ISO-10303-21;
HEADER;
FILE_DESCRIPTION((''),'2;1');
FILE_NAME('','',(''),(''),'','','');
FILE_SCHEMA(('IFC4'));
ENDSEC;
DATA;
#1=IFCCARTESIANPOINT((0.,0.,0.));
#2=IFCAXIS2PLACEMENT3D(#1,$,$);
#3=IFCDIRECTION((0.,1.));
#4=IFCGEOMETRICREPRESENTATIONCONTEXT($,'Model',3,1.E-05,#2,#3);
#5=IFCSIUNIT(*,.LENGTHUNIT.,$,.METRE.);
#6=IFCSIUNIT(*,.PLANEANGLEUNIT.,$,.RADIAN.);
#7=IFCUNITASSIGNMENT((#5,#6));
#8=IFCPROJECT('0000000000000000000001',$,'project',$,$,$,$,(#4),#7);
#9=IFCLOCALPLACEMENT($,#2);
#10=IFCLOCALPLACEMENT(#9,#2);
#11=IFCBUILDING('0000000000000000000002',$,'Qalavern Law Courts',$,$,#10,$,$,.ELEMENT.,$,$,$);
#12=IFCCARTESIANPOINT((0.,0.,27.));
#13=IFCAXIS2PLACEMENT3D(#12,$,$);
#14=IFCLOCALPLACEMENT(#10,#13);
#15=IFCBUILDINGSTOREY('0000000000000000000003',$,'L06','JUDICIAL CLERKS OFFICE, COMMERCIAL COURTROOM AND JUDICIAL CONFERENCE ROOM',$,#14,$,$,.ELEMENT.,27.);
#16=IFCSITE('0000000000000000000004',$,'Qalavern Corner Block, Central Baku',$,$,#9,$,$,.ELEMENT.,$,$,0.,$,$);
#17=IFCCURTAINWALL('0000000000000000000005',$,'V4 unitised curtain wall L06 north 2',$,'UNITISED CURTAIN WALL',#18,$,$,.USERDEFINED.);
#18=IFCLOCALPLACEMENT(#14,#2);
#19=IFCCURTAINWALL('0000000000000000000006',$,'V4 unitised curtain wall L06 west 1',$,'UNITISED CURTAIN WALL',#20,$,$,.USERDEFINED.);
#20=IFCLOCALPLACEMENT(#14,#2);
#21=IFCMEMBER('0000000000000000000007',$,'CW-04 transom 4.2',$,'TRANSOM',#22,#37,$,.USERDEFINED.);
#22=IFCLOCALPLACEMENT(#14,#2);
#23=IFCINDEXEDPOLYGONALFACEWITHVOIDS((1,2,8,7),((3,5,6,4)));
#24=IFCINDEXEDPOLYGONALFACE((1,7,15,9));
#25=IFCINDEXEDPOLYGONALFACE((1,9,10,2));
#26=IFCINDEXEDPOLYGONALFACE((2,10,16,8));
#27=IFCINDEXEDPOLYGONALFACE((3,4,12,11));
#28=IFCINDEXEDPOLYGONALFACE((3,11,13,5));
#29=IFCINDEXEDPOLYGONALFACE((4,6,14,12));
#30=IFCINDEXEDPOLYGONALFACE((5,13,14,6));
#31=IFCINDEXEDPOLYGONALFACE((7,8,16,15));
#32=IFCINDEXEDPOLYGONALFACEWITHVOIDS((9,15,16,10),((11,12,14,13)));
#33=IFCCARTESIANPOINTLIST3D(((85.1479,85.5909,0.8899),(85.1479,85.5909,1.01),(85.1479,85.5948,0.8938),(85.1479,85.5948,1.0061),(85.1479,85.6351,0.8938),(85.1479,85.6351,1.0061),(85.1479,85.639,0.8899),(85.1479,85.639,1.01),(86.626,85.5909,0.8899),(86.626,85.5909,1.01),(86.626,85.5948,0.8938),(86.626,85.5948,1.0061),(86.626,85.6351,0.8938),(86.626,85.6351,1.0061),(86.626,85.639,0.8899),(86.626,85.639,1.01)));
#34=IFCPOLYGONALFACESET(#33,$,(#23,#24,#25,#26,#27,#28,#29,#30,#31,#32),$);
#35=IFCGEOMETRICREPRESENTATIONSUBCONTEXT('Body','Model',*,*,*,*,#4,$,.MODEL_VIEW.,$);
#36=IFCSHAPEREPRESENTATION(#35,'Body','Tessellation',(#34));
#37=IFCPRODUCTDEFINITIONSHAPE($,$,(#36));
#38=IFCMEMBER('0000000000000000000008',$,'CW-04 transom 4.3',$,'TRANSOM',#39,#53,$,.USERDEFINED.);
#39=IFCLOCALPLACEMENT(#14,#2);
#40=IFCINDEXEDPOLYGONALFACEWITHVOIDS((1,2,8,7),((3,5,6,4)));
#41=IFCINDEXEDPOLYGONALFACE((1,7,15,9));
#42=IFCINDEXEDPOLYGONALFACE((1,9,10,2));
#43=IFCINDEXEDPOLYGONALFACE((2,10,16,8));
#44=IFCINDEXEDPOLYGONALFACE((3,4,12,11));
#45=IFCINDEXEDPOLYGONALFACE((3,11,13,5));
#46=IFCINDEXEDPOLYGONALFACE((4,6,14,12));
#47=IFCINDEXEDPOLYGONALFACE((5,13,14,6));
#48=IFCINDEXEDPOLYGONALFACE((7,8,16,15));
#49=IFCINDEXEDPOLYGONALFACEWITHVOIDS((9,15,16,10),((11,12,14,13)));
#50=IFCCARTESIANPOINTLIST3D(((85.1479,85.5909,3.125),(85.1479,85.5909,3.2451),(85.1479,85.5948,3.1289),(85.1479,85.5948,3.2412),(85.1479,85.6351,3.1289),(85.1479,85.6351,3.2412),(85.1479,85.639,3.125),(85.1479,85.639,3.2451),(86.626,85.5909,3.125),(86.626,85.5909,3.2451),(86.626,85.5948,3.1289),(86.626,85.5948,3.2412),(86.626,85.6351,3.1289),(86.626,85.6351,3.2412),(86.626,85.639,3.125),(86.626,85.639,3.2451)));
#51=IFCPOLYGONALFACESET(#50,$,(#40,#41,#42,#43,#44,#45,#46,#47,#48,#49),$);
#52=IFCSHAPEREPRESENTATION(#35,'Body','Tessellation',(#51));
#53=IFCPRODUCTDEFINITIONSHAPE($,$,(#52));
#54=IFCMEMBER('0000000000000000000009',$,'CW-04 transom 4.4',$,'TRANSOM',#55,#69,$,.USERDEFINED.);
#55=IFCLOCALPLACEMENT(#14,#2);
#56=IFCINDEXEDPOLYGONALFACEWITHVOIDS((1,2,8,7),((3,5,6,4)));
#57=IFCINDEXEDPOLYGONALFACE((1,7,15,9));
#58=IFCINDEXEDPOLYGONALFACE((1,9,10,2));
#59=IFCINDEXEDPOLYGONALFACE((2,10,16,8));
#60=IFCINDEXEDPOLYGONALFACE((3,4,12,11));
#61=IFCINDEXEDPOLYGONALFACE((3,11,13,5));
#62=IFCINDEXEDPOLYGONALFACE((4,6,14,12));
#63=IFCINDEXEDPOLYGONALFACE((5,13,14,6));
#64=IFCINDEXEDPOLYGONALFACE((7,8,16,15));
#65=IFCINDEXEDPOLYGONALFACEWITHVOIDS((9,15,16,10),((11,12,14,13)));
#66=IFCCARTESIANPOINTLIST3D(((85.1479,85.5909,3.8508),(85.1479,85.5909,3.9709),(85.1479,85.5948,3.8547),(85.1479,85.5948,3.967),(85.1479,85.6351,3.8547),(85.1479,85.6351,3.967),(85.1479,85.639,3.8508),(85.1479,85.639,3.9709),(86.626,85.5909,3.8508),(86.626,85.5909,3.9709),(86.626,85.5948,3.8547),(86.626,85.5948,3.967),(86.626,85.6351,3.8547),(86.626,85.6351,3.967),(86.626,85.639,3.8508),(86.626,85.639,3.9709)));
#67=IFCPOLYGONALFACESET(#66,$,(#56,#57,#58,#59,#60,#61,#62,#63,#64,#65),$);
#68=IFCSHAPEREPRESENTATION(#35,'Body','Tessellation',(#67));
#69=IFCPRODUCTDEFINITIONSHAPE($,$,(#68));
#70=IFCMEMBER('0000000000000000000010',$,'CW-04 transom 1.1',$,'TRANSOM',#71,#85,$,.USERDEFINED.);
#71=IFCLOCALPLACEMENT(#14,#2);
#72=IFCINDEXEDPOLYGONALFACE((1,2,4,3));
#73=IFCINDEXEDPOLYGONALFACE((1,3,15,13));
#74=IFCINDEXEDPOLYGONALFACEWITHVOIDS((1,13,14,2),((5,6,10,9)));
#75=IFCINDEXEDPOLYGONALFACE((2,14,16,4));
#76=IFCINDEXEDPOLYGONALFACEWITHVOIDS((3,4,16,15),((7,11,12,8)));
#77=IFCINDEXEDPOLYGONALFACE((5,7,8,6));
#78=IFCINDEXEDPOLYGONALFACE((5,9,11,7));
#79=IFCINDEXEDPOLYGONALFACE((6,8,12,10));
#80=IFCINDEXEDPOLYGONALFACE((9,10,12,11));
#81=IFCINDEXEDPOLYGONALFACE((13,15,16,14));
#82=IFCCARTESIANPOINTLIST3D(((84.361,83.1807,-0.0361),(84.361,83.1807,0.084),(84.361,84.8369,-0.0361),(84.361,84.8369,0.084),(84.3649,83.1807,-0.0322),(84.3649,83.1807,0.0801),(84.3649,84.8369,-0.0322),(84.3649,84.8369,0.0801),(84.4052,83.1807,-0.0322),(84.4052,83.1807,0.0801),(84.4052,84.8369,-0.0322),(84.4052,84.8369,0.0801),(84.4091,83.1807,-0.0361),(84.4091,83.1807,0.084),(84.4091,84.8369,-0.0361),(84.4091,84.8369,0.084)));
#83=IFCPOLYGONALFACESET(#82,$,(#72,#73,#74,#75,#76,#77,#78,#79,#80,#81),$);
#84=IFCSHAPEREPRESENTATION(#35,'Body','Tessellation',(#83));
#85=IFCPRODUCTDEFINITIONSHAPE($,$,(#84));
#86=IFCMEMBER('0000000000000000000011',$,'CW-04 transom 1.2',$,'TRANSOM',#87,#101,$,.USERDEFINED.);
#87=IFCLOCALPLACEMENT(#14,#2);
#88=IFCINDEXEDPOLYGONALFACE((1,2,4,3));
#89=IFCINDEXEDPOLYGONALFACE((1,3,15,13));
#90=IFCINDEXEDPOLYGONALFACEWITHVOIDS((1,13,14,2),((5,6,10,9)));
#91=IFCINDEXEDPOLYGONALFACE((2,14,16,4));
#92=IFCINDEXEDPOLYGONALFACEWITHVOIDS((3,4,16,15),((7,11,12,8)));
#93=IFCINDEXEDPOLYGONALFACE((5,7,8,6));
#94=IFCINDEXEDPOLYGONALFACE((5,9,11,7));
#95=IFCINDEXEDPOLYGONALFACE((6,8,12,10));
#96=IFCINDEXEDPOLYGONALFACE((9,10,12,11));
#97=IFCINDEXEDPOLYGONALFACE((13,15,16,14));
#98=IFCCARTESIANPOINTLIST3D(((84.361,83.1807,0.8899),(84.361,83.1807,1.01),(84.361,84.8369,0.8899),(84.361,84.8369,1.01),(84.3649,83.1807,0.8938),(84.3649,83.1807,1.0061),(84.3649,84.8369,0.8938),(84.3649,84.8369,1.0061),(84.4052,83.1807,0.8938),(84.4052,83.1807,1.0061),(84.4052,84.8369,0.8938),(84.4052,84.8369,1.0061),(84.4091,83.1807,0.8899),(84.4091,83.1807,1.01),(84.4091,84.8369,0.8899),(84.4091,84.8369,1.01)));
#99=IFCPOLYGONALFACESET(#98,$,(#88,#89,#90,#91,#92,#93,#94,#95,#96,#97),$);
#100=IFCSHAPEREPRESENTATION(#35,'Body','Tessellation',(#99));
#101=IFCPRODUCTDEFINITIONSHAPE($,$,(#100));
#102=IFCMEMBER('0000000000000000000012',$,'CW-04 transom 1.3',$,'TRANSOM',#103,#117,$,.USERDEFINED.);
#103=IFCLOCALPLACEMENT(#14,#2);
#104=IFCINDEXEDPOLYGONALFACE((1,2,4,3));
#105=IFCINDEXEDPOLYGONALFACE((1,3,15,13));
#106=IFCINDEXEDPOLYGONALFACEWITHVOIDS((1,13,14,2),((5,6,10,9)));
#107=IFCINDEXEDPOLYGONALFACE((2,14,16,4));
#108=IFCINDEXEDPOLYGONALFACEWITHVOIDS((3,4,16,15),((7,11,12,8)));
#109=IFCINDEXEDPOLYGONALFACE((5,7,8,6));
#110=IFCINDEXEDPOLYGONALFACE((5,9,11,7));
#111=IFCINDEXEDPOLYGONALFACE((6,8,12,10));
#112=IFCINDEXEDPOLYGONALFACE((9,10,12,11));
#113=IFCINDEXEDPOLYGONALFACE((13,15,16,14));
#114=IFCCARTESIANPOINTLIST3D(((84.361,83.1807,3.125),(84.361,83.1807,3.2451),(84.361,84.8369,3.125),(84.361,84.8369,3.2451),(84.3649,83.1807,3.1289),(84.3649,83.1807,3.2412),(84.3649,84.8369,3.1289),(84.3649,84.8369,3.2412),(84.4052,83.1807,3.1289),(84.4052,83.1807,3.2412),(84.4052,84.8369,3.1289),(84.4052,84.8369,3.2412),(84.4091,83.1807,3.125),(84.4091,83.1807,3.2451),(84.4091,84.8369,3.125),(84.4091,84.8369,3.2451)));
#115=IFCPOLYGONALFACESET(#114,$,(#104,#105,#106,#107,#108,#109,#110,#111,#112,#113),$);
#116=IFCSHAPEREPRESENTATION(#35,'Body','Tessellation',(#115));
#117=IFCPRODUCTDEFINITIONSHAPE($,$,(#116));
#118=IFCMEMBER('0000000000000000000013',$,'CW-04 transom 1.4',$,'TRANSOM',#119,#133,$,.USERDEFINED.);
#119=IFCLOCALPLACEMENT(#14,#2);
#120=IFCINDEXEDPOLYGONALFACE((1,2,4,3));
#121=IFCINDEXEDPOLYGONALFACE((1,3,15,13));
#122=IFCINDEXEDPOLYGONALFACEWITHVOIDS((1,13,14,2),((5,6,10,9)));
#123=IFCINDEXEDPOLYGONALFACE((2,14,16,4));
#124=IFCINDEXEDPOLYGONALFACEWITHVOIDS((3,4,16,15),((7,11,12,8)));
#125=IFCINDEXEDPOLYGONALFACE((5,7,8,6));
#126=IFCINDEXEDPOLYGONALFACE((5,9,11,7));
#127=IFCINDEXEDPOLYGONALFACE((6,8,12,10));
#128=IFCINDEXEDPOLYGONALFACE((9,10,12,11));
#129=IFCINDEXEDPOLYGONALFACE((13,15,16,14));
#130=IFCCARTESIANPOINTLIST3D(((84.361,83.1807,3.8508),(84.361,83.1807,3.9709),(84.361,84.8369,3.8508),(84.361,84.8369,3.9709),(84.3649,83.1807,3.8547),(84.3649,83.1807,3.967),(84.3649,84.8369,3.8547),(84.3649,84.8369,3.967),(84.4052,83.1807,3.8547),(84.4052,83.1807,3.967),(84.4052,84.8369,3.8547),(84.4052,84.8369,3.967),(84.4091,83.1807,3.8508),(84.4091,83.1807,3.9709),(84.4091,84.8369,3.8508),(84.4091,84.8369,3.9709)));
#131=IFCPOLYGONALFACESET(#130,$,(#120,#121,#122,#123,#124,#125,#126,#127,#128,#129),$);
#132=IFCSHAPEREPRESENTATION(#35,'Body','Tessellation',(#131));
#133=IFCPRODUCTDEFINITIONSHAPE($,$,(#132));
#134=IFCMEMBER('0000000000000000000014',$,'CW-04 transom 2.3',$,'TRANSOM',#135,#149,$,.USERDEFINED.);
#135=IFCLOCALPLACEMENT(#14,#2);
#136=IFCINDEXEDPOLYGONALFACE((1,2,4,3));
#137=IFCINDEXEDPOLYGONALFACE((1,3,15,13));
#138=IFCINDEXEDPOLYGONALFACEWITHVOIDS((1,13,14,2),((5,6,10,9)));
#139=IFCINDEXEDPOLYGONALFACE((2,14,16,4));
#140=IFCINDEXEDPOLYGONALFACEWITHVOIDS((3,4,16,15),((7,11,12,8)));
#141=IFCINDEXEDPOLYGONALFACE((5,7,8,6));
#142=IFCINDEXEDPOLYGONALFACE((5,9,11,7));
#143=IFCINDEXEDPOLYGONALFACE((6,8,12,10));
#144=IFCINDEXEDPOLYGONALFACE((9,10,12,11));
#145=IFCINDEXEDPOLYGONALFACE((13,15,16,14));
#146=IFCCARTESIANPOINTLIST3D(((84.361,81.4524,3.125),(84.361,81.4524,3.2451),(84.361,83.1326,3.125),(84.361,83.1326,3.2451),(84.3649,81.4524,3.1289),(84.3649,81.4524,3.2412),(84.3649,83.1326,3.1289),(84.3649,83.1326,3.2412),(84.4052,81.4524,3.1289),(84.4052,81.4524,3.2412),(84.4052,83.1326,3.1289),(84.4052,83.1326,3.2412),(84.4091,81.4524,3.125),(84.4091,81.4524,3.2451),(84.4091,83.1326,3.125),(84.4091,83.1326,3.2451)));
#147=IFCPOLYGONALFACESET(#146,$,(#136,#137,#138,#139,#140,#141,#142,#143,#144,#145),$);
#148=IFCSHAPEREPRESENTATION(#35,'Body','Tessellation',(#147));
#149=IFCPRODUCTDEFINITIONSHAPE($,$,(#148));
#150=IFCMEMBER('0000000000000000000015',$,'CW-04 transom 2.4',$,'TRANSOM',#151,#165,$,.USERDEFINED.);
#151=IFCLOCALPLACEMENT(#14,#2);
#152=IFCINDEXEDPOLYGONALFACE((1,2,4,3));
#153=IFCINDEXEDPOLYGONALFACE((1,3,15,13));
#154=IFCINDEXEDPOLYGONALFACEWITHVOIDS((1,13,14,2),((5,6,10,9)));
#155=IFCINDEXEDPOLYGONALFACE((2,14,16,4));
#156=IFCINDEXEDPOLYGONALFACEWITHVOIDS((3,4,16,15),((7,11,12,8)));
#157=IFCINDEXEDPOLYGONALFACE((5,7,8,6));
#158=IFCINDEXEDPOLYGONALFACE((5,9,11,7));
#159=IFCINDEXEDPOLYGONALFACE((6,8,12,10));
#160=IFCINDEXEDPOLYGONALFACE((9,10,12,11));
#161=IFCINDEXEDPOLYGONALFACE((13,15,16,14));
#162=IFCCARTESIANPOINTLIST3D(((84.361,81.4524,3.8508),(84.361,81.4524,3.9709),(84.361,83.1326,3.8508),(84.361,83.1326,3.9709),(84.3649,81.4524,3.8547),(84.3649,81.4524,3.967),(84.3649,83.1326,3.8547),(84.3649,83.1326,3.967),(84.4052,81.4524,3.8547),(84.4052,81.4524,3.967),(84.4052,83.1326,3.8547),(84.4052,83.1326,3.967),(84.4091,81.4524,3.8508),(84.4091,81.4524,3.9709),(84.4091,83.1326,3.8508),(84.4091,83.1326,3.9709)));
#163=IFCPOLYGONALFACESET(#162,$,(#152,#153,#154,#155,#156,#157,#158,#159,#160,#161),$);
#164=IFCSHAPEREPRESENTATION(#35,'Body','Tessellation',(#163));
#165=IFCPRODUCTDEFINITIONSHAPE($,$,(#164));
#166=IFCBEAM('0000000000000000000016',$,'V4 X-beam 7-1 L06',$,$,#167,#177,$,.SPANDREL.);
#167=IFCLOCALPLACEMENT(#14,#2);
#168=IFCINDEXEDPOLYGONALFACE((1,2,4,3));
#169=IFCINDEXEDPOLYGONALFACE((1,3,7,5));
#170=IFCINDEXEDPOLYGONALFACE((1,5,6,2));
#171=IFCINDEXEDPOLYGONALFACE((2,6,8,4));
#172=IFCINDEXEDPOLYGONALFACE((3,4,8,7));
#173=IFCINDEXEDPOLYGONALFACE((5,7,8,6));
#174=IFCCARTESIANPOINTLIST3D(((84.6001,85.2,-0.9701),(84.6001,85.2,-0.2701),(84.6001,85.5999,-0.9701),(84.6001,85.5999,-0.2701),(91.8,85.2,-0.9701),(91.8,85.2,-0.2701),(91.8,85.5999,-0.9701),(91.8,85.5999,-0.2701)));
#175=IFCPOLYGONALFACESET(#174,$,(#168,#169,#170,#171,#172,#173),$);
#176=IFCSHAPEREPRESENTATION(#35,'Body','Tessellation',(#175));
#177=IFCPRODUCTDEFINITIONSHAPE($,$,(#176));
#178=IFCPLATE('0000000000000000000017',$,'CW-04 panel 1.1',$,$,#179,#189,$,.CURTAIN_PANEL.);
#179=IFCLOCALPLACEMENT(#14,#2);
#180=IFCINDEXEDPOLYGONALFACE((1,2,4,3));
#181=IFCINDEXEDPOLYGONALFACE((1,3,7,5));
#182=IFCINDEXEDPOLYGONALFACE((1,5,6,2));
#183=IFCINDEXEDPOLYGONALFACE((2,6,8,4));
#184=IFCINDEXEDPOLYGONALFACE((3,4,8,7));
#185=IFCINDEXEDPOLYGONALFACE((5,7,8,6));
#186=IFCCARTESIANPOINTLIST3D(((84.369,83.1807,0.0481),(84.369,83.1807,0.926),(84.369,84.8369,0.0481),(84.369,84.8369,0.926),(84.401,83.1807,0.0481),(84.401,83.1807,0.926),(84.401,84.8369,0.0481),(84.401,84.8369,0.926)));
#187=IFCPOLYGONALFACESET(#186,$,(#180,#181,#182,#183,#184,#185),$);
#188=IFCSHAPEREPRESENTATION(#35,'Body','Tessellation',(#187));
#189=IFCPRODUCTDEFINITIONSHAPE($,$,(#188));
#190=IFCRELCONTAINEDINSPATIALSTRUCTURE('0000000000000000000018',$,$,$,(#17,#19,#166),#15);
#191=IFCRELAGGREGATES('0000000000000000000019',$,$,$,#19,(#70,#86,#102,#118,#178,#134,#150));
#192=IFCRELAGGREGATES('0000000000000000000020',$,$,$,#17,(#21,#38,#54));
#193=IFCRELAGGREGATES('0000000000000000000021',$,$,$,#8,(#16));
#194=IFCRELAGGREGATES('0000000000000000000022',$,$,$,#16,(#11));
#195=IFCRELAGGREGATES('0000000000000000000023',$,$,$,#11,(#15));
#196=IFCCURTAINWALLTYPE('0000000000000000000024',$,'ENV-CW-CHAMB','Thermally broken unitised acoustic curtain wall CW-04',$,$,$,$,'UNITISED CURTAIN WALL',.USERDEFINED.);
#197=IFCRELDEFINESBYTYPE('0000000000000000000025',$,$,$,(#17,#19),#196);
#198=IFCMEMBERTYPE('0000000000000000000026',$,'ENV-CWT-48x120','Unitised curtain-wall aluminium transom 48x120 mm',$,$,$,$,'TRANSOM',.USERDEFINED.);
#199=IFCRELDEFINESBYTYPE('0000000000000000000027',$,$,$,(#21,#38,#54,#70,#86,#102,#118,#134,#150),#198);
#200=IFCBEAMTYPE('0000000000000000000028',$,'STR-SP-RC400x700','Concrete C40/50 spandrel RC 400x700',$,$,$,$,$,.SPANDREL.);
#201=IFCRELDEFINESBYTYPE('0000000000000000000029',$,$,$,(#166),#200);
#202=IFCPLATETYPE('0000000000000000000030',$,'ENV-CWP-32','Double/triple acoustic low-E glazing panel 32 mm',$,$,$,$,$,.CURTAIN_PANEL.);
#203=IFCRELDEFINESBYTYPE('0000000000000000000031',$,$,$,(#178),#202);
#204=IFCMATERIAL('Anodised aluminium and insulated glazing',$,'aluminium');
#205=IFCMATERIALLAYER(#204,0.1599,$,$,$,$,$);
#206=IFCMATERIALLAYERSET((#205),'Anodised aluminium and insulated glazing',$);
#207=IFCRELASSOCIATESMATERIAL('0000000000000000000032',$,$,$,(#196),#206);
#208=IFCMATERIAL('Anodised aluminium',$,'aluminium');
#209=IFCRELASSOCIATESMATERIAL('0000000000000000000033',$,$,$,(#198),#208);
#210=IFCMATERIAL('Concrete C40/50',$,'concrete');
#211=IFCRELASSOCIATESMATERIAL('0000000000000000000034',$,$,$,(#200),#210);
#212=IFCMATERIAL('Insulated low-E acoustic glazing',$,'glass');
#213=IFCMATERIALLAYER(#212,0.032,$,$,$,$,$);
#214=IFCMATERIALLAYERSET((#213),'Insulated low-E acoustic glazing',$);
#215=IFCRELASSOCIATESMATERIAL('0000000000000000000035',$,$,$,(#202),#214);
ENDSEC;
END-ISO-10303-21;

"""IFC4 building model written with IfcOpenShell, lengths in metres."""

from ifc_helpers import new_model, si_unit, direction, frame, origin, origin_2d, place, context, subcontext, project, spatial, rectangle, hollow_rectangle, extrude, material, layer, layer_set, material_profile, profile_set, type_object, element, aggregate, save


model = new_model("IFC4")

# Units and contexts
model_context = context("Model", 3, precision=1e-05, world=origin(), true_north=direction((0.0, 1.0)))
body_context = subcontext(model_context, "Body", "Model", "MODEL_VIEW")
ifc_project = project(units=[si_unit("LENGTHUNIT", "METRE"), si_unit("PLANEANGLEUNIT", "RADIAN")], contexts=[model_context])

# Site, building, storey
site_placement = place(None, origin())
site = spatial("IfcSite", under=ifc_project, at=site_placement, Name="Qalavern Corner Block, Central Baku", CompositionType="ELEMENT", RefElevation=0.0)
building_placement = place(site_placement, origin())
building = spatial("IfcBuilding", under=site, at=building_placement, Name="Qalavern Law Courts", CompositionType="ELEMENT")
storey_placement = place(building_placement, frame((0.0, 0.0, 27.0)))
storey = spatial("IfcBuildingStorey", under=building, at=storey_placement, Name="L06", Description="JUDICIAL CLERKS OFFICE, COMMERCIAL COURTROOM AND JUDICIAL CONFERENCE ROOM", CompositionType="ELEMENT", Elevation=27.0)

# Curtain walls
ifc_material_1 = material(Name="Anodised aluminium and insulated glazing", Category="aluminium")
ifc_layer_1 = layer(ifc_material_1, 0.1599)
ifc_layer_set_1 = layer_set([ifc_layer_1], Name="Anodised aluminium and insulated glazing")
curtain_wall_type = type_object("IfcCurtainWallType", Name="ENV-CW-CHAMB", Description="Thermally broken unitised acoustic curtain wall CW-04", ElementType="UNITISED CURTAIN WALL", PredefinedType="USERDEFINED", material=ifc_layer_set_1)
curtain_wall_1_placement = place(storey_placement, origin())
curtain_wall_1 = element("IfcCurtainWall", 1, at=curtain_wall_1_placement, inside=storey, type_object=curtain_wall_type, Name="V4 unitised curtain wall L06 north 2", ObjectType="UNITISED CURTAIN WALL", PredefinedType="USERDEFINED")
ifc_material_2 = material(Name="Anodised aluminium", Category="aluminium")
curtain_wall_2_placement = place(storey_placement, origin())
curtain_wall_2 = element("IfcCurtainWall", 2, at=curtain_wall_2_placement, inside=storey, type_object=curtain_wall_type, Name="V4 unitised curtain wall L06 west 1", ObjectType="UNITISED CURTAIN WALL", PredefinedType="USERDEFINED")

# Members
ifc_material_profile_1 = material_profile(ifc_material_2, hollow_rectangle(XDim=0.0481, YDim=0.1201, WallThickness=0.0039, at=origin_2d()), Name="ALU TRANSOM 48x120")
ifc_profile_set_1 = profile_set([ifc_material_profile_1], Name="Anodised aluminium")
member_type_1 = type_object("IfcMemberType", Name="ENV-CWT-48x120", Description="Unitised curtain-wall aluminium transom 48x120 mm", ElementType="TRANSOM", PredefinedType="USERDEFINED", material=ifc_profile_set_1)
member_1_placement = place(storey_placement, frame((86.626, 85.615, 0.95), z_axis=(-1.0, 0.0, 0.0), x_axis=(0.0, -1.0, 0.0)))
member_1 = element("IfcMember", 3, at=member_1_placement, type_object=member_type_1, Name="CW-04 transom 4.2", ObjectType="TRANSOM", PredefinedType="USERDEFINED", context=body_context, shape_type="SweptSolid", body=[
    extrude(hollow_rectangle(XDim=0.0481, YDim=0.1201, WallThickness=0.0039, at=origin_2d()), origin(), (0.0, 0.0, 1.0), 1.478),
])
member_2_placement = place(storey_placement, frame((86.626, 85.615, 3.1851), z_axis=(-1.0, 0.0, 0.0), x_axis=(0.0, -1.0, 0.0)))
member_2 = element("IfcMember", 4, at=member_2_placement, type_object=member_type_1, Name="CW-04 transom 4.3", ObjectType="TRANSOM", PredefinedType="USERDEFINED", context=body_context, shape_type="SweptSolid", body=[
    extrude(hollow_rectangle(XDim=0.0481, YDim=0.1201, WallThickness=0.0039, at=origin_2d()), origin(), (0.0, 0.0, 1.0), 1.478),
])
member_3_placement = place(storey_placement, frame((86.626, 85.615, 3.9109), z_axis=(-1.0, 0.0, 0.0), x_axis=(0.0, -1.0, 0.0)))
member_3 = element("IfcMember", 5, at=member_3_placement, type_object=member_type_1, Name="CW-04 transom 4.4", ObjectType="TRANSOM", PredefinedType="USERDEFINED", context=body_context, shape_type="SweptSolid", body=[
    extrude(hollow_rectangle(XDim=0.0481, YDim=0.1201, WallThickness=0.0039, at=origin_2d()), origin(), (0.0, 0.0, 1.0), 1.478),
])
member_4_placement = place(storey_placement, frame((84.385, 84.8369, 0.0239), z_axis=(0.0, -1.0, 0.0), x_axis=(1.0, 0.0, 0.0)))
member_4 = element("IfcMember", 6, at=member_4_placement, type_object=member_type_1, Name="CW-04 transom 1.1", ObjectType="TRANSOM", PredefinedType="USERDEFINED", context=body_context, shape_type="SweptSolid", body=[
    extrude(hollow_rectangle(XDim=0.0481, YDim=0.1201, WallThickness=0.0039, at=origin_2d()), origin(), (0.0, 0.0, 1.0), 1.6562),
])
member_5_placement = place(storey_placement, frame((84.385, 84.8369, 0.95), z_axis=(0.0, -1.0, 0.0), x_axis=(1.0, 0.0, 0.0)))
member_5 = element("IfcMember", 7, at=member_5_placement, type_object=member_type_1, Name="CW-04 transom 1.2", ObjectType="TRANSOM", PredefinedType="USERDEFINED", context=body_context, shape_type="SweptSolid", body=[
    extrude(hollow_rectangle(XDim=0.0481, YDim=0.1201, WallThickness=0.0039, at=origin_2d()), origin(), (0.0, 0.0, 1.0), 1.6562),
])
member_6_placement = place(storey_placement, frame((84.385, 84.8369, 3.1851), z_axis=(0.0, -1.0, 0.0), x_axis=(1.0, 0.0, 0.0)))
member_6 = element("IfcMember", 8, at=member_6_placement, type_object=member_type_1, Name="CW-04 transom 1.3", ObjectType="TRANSOM", PredefinedType="USERDEFINED", context=body_context, shape_type="SweptSolid", body=[
    extrude(hollow_rectangle(XDim=0.0481, YDim=0.1201, WallThickness=0.0039, at=origin_2d()), origin(), (0.0, 0.0, 1.0), 1.6562),
])
member_7_placement = place(storey_placement, frame((84.385, 84.8369, 3.9109), z_axis=(0.0, -1.0, 0.0), x_axis=(1.0, 0.0, 0.0)))
member_7 = element("IfcMember", 9, at=member_7_placement, type_object=member_type_1, Name="CW-04 transom 1.4", ObjectType="TRANSOM", PredefinedType="USERDEFINED", context=body_context, shape_type="SweptSolid", body=[
    extrude(hollow_rectangle(XDim=0.0481, YDim=0.1201, WallThickness=0.0039, at=origin_2d()), origin(), (0.0, 0.0, 1.0), 1.6562),
])
member_8_placement = place(storey_placement, frame((84.385, 83.1326, 3.1851), z_axis=(0.0, -1.0, 0.0), x_axis=(1.0, 0.0, 0.0)))
member_8 = element("IfcMember", 10, at=member_8_placement, type_object=member_type_1, Name="CW-04 transom 2.3", ObjectType="TRANSOM", PredefinedType="USERDEFINED", context=body_context, shape_type="SweptSolid", body=[
    extrude(hollow_rectangle(XDim=0.0481, YDim=0.1201, WallThickness=0.0039, at=origin_2d()), origin(), (0.0, 0.0, 1.0), 1.6802),
])
member_9_placement = place(storey_placement, frame((84.385, 83.1326, 3.9109), z_axis=(0.0, -1.0, 0.0), x_axis=(1.0, 0.0, 0.0)))
member_9 = element("IfcMember", 11, at=member_9_placement, type_object=member_type_1, Name="CW-04 transom 2.4", ObjectType="TRANSOM", PredefinedType="USERDEFINED", context=body_context, shape_type="SweptSolid", body=[
    extrude(hollow_rectangle(XDim=0.0481, YDim=0.1201, WallThickness=0.0039, at=origin_2d()), origin(), (0.0, 0.0, 1.0), 1.6802),
])

# Beam
ifc_material_3 = material(Name="Concrete C40/50", Category="concrete")
ifc_material_profile_2 = material_profile(ifc_material_3, rectangle(XDim=0.3999, YDim=0.7, at=origin_2d()), Name="RC 400x700")
ifc_profile_set_2 = profile_set([ifc_material_profile_2], Name="Concrete C40/50")
beam_type = type_object("IfcBeamType", Name="STR-SP-RC400x700", Description="Concrete C40/50 spandrel RC 400x700", PredefinedType="SPANDREL", material=ifc_profile_set_2)
beam_placement = place(storey_placement, frame((84.6001, 85.3999, -0.6201), z_axis=(1.0, 0.0, 0.0), x_axis=(0.0, 1.0, 0.0)))
element("IfcBeam", 12, at=beam_placement, inside=storey, type_object=beam_type, Name="V4 X-beam 7-1 L06", PredefinedType="SPANDREL", context=body_context, shape_type="SweptSolid", body=[
    extrude(rectangle(XDim=0.3999, YDim=0.7, at=origin_2d()), origin(), (0.0, 0.0, 1.0), 7.2),
])

# Plate
ifc_material_4 = material(Name="Insulated low-E acoustic glazing", Category="glass")
ifc_layer_2 = layer(ifc_material_4, 0.032)
ifc_layer_set_2 = layer_set([ifc_layer_2], Name="Insulated low-E acoustic glazing")
plate_type_1 = type_object("IfcPlateType", Name="ENV-CWP-32", Description="Double/triple acoustic low-E glazing panel 32 mm", PredefinedType="CURTAIN_PANEL", material=ifc_layer_set_2)
plate_1_placement = place(storey_placement, frame((84.385, 84.0088, 0.0481), z_axis=(0.0, 0.0, 1.0), x_axis=(0.0, -1.0, 0.0)))
plate_1 = element("IfcPlate", 13, at=plate_1_placement, type_object=plate_type_1, Name="CW-04 panel 1.1", PredefinedType="CURTAIN_PANEL", context=body_context, shape_type="SweptSolid", body=[
    extrude(rectangle(XDim=1.6562, YDim=0.032, at=origin_2d()), origin(), (0.0, 0.0, 1.0), 0.8779),
])
aggregate(curtain_wall_2, [member_4, member_5, member_6, member_7, plate_1, member_8, member_9])
aggregate(curtain_wall_1, [member_1, member_2, member_3])

save(model, "model.ifc")
